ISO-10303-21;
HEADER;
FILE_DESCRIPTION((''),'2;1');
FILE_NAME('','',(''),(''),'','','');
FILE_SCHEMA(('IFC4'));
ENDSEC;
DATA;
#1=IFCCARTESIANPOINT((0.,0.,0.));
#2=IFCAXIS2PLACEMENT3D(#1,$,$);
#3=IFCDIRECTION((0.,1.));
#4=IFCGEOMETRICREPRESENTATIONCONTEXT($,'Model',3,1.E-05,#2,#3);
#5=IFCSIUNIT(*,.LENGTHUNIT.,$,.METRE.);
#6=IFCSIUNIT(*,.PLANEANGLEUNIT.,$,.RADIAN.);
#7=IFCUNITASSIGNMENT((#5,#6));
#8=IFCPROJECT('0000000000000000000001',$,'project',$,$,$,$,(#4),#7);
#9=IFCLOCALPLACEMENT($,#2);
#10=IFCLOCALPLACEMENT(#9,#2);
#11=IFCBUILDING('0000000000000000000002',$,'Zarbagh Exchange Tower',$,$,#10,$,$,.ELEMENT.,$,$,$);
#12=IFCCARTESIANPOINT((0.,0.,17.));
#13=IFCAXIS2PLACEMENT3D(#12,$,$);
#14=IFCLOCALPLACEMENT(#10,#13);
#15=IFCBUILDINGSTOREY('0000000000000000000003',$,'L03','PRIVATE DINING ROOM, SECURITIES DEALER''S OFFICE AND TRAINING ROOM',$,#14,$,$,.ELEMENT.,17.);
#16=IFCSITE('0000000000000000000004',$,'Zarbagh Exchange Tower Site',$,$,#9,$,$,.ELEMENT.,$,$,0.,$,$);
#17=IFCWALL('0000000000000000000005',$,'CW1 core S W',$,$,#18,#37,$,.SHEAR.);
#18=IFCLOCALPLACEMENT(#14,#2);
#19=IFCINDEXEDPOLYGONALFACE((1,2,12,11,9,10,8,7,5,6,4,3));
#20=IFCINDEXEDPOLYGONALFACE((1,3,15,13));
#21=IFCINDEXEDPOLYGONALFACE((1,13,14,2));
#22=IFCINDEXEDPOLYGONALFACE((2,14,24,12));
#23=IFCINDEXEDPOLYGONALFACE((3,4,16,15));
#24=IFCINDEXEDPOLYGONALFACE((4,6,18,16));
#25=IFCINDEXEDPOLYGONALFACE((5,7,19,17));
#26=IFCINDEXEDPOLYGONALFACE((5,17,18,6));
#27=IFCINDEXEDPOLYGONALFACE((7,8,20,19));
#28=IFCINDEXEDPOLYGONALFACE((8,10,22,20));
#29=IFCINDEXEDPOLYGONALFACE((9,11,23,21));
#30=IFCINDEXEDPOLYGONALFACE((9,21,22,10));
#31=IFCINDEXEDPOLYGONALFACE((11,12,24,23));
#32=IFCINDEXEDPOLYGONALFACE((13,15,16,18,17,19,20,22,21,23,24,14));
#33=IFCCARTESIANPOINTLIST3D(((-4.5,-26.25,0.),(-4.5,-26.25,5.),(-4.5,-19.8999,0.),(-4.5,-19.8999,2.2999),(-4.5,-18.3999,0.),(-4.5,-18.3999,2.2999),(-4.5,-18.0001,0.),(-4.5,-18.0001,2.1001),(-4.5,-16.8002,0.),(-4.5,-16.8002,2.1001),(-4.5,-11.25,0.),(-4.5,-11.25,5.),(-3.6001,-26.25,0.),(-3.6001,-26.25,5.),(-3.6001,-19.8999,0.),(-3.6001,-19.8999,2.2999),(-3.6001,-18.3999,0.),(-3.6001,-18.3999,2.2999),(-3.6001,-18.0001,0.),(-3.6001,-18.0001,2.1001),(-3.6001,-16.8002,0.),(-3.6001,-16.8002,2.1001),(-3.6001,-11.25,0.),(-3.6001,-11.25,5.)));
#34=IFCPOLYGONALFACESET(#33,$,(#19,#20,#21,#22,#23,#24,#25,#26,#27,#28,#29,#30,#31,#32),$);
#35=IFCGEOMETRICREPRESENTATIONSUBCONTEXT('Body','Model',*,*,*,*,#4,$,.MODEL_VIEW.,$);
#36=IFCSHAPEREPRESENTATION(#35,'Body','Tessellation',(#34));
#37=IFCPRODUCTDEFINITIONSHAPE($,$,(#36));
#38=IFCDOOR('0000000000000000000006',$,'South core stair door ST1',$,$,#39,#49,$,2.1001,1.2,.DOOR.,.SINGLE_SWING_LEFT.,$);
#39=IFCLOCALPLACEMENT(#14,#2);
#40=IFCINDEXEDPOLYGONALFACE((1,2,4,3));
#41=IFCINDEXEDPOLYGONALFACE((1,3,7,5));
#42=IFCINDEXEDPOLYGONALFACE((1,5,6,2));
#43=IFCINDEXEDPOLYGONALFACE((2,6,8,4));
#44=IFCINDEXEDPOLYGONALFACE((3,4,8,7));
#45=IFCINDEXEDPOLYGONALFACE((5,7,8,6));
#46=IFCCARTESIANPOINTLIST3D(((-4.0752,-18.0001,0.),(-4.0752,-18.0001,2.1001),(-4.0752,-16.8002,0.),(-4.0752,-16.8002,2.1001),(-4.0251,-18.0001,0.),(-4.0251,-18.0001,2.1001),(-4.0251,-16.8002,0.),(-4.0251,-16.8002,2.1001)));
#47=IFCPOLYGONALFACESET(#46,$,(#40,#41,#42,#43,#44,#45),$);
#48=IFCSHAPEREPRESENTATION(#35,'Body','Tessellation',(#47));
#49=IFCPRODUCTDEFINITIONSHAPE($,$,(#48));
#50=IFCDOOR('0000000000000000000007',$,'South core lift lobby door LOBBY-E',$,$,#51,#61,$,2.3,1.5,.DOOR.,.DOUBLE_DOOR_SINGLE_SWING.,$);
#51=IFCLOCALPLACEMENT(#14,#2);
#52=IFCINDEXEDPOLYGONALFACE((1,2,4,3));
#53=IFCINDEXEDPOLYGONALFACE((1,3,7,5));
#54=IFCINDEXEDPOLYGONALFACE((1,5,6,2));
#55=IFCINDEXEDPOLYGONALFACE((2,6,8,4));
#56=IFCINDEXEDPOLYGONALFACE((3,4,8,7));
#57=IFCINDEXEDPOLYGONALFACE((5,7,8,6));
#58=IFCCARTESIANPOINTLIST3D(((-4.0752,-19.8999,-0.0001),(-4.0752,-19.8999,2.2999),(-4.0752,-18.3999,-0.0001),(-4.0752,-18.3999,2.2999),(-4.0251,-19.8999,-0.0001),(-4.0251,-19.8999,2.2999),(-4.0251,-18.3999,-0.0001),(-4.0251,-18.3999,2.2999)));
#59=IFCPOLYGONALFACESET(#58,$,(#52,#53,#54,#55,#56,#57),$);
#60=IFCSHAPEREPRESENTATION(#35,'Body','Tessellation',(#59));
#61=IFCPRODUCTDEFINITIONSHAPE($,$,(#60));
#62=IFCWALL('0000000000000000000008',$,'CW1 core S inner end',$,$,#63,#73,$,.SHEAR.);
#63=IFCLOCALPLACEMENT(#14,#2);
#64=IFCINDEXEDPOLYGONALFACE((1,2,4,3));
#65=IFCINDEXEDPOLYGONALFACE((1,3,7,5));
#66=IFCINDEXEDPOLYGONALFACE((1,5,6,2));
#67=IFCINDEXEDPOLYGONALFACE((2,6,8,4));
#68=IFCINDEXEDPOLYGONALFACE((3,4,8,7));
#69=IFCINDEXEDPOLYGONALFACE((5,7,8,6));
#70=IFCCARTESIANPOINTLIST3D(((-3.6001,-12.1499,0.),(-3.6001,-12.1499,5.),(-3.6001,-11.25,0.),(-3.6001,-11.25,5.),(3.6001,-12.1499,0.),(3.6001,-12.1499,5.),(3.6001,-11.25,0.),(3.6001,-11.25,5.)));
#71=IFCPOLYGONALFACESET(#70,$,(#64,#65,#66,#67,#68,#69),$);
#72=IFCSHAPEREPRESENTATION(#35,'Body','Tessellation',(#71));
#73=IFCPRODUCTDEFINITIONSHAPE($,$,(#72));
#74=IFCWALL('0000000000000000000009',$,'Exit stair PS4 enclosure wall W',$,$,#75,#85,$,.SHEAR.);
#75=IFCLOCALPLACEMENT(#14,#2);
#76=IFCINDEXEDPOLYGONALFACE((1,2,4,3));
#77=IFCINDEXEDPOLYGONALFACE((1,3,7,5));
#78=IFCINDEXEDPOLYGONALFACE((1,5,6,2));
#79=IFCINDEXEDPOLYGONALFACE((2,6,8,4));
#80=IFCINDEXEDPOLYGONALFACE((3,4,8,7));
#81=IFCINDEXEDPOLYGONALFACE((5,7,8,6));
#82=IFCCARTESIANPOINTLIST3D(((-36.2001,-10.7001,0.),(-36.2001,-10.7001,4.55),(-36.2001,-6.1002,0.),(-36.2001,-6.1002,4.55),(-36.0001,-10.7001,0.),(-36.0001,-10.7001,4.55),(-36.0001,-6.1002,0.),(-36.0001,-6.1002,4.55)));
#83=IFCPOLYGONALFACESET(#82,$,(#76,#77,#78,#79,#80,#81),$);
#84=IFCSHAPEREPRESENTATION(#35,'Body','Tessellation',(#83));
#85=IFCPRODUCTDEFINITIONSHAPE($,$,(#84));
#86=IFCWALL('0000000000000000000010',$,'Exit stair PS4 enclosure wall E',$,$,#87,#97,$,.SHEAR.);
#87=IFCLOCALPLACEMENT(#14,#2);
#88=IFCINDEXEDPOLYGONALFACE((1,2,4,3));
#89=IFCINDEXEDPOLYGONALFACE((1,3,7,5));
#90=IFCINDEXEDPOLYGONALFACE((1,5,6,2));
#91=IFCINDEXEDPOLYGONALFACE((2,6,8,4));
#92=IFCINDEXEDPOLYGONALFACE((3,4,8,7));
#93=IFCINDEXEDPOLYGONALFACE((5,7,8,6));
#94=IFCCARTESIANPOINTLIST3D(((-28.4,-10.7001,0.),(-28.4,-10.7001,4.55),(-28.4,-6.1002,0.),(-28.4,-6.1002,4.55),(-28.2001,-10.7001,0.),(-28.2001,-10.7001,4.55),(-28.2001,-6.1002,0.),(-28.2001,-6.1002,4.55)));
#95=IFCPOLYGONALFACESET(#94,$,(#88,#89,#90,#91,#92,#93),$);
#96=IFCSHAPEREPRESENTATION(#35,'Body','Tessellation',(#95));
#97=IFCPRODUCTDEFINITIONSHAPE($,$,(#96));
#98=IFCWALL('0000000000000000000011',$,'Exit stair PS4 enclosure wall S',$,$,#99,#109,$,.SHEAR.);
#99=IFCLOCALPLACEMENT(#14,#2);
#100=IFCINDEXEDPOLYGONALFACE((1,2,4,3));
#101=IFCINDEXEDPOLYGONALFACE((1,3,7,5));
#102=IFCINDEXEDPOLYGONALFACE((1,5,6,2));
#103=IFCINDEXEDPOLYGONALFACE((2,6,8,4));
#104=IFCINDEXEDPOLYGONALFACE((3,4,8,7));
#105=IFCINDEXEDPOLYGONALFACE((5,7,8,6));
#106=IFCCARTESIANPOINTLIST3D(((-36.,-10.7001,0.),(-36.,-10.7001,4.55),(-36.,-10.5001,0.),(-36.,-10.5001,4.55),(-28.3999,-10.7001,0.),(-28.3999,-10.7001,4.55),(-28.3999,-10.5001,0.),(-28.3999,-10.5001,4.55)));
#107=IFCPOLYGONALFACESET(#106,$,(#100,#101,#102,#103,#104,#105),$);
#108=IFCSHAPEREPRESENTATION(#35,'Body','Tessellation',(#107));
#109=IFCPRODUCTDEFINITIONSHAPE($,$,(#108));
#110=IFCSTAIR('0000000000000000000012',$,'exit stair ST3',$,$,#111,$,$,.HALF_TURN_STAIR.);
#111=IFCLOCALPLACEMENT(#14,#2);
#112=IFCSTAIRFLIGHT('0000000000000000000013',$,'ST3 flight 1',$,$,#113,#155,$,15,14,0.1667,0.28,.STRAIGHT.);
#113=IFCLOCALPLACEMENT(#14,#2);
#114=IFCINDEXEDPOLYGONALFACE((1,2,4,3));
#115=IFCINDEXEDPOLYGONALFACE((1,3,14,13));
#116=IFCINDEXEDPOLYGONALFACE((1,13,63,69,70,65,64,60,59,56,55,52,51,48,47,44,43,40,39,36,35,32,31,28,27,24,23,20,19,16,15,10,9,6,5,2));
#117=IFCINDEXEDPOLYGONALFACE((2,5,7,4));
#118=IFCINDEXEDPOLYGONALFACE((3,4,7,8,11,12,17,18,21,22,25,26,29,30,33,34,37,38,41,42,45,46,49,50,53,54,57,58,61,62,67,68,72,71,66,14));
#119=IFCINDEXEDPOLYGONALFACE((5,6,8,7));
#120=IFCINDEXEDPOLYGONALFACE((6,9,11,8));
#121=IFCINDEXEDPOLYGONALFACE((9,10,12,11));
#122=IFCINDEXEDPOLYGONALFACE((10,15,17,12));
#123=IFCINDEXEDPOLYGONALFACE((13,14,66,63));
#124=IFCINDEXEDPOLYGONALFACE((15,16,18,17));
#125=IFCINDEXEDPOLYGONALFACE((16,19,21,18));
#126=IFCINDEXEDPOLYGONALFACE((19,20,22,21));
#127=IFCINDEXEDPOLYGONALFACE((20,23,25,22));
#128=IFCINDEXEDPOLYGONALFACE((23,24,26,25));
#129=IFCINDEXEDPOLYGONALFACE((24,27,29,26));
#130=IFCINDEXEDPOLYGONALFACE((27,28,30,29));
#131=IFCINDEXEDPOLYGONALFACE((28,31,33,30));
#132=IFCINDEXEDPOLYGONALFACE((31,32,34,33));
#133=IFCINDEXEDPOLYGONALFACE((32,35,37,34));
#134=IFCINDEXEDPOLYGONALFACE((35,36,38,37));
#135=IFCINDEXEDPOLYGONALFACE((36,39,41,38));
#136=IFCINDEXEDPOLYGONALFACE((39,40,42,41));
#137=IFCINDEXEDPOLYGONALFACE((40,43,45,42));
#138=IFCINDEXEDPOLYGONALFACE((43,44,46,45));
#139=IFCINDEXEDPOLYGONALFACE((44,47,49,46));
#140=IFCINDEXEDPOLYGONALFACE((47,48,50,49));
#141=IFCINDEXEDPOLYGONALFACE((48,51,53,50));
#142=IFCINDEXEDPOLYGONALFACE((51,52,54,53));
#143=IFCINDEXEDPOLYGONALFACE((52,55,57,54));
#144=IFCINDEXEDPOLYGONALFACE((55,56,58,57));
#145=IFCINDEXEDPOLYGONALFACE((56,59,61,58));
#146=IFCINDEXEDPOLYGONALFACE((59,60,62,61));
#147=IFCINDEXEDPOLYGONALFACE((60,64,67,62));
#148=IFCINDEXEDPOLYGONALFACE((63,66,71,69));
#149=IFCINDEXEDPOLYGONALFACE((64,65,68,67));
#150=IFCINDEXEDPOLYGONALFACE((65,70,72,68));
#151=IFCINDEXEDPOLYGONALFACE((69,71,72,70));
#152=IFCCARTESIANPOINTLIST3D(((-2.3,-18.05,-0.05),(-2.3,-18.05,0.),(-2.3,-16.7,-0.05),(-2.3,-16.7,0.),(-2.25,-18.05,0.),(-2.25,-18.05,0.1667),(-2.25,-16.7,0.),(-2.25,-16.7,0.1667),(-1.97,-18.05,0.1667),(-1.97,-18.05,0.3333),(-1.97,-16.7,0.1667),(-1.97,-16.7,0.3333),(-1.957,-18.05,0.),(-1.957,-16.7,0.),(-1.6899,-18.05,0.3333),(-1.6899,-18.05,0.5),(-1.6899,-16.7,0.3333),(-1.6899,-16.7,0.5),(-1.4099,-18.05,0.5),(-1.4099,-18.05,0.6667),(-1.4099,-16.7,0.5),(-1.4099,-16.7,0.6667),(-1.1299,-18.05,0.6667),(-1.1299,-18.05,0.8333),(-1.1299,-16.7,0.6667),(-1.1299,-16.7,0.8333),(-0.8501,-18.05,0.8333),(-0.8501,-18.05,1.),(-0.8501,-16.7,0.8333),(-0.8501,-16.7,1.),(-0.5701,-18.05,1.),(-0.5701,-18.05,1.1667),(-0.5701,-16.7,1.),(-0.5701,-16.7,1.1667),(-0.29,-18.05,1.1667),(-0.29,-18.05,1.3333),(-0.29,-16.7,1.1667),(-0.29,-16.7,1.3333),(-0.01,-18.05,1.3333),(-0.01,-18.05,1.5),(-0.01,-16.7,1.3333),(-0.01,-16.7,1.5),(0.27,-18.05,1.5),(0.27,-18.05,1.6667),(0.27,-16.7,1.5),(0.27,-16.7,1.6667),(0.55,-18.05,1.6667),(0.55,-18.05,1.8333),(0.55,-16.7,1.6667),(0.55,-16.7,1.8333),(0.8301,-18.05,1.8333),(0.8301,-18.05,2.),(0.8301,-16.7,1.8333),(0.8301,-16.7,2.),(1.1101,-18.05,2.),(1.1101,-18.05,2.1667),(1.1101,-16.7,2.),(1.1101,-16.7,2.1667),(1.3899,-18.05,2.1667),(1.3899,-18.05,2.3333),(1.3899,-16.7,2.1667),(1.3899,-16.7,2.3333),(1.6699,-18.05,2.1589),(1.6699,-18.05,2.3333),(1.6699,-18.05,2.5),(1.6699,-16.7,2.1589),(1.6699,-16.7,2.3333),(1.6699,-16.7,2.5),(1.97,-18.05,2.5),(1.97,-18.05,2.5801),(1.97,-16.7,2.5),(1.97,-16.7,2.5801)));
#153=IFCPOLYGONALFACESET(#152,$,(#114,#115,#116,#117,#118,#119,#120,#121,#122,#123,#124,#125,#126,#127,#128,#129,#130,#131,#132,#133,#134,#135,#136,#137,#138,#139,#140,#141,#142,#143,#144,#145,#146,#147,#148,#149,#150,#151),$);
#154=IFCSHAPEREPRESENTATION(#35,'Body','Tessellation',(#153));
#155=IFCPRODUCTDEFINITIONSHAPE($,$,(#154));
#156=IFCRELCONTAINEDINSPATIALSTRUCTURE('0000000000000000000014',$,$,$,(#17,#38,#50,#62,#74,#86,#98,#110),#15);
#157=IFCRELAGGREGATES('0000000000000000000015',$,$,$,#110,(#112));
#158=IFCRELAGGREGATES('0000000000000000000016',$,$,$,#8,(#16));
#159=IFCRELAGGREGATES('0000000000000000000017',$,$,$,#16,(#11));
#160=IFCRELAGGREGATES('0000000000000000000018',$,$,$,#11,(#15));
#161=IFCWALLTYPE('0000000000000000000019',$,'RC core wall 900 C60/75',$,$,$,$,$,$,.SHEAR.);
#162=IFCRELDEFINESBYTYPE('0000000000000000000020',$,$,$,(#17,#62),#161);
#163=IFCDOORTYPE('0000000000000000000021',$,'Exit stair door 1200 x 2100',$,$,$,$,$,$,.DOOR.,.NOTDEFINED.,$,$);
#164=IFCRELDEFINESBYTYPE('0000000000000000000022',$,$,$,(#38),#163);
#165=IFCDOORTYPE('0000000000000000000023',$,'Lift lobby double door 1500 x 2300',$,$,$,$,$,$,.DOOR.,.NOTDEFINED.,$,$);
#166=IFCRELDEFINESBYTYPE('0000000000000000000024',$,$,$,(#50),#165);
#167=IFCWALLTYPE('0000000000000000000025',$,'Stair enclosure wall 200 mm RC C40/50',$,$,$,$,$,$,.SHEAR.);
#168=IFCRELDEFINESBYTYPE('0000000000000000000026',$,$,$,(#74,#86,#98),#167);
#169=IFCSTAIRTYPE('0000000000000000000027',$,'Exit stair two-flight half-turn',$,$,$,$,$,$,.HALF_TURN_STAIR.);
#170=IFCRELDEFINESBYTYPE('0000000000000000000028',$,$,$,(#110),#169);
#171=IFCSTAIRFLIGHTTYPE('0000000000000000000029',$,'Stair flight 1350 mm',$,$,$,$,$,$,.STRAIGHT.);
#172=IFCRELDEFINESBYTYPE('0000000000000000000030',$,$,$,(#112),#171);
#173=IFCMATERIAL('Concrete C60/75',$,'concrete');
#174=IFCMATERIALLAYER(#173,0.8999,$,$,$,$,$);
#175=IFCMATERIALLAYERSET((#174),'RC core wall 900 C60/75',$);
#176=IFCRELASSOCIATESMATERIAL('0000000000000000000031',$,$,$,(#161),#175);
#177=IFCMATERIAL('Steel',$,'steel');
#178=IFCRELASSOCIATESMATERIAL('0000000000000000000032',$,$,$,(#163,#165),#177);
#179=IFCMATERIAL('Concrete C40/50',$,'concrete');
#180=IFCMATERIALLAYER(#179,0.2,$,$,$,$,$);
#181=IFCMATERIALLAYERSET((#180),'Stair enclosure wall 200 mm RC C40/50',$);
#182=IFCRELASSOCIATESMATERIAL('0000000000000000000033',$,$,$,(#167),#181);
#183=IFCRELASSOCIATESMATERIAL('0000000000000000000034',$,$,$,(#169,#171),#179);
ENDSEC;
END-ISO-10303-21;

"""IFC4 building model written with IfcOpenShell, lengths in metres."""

from ifc_helpers import new_model, si_unit, direction, frame, frame_2d, origin, place, context, subcontext, project, spatial, polyline, rectangle, outline, extrude, material, layer, layer_set, type_object, element, fill, aggregate, save


model = new_model("IFC4")

# Units and contexts
model_context = context("Model", 3, precision=1e-05, world=origin(), true_north=direction((0.0, 1.0)))
body_context = subcontext(model_context, "Body", "Model", "MODEL_VIEW")
ifc_project = project(units=[si_unit("LENGTHUNIT", "METRE"), si_unit("PLANEANGLEUNIT", "RADIAN")], contexts=[model_context])

# Site, building, storey
site_placement = place(None, origin())
site = spatial("IfcSite", under=ifc_project, at=site_placement, Name="Zarbagh Exchange Tower Site", CompositionType="ELEMENT", RefElevation=0.0)
building_placement = place(site_placement, origin())
building = spatial("IfcBuilding", under=site, at=building_placement, Name="Zarbagh Exchange Tower", CompositionType="ELEMENT")
storey_placement = place(building_placement, frame((0.0, 0.0, 17.0)))
storey = spatial("IfcBuildingStorey", under=building, at=storey_placement, Name="L03", Description="PRIVATE DINING ROOM, SECURITIES DEALER'S OFFICE AND TRAINING ROOM", CompositionType="ELEMENT", Elevation=17.0)

# Shared definitions
ifc_material_1 = material(Name="Concrete C60/75", Category="concrete")

# Wall, openings, doors
ifc_layer_1 = layer(ifc_material_1, 0.8999)
ifc_layer_set_1 = layer_set([ifc_layer_1], Name="RC core wall 900 C60/75")
wall_type_1 = type_object("IfcWallType", Name="RC core wall 900 C60/75", PredefinedType="SHEAR", material=ifc_layer_set_1)
wall_1_placement = place(storey_placement, frame((-4.05, -11.25, 0.0), z_axis=(0.0, 0.0, 1.0), x_axis=(0.0, -1.0, 0.0)))
wall_1 = element("IfcWall", 1, at=wall_1_placement, inside=storey, type_object=wall_type_1, Name="CW1 core S W", PredefinedType="SHEAR", context=body_context, shape_type="SweptSolid", body=[
    extrude(rectangle(XDim=15.0, YDim=0.8999, at=frame_2d((7.5, 0.0))), origin(), (0.0, 0.0, 1.0), 5.0),
])
opening_1_placement = place(wall_1_placement, frame((7.1499, 0.0, 0.0)))
opening_1 = element("IfcOpeningElement", 2, at=opening_1_placement, cuts=wall_1, PredefinedType="OPENING", context=body_context, shape_type="SweptSolid", body=[
    extrude(rectangle(XDim=1.5, YDim=2.3, at=frame_2d((0.75, 1.1499))), frame((0.0, 0.46, 0.0), z_axis=(0.0, -1.0, 0.0), x_axis=(1.0, 0.0, 0.0)), (0.0, 0.0, 1.0), 0.9199),
])
opening_2_placement = place(wall_1_placement, frame((5.55, 0.0, 0.0)))
opening_2 = element("IfcOpeningElement", 3, at=opening_2_placement, cuts=wall_1, PredefinedType="OPENING", context=body_context, shape_type="SweptSolid", body=[
    extrude(rectangle(XDim=1.2, YDim=2.1001, at=frame_2d((0.6001, 1.05))), frame((0.0, 0.46, 0.0), z_axis=(0.0, -1.0, 0.0), x_axis=(1.0, 0.0, 0.0)), (0.0, 0.0, 1.0), 0.9199),
])
ifc_material_2 = material(Name="Steel", Category="steel")
door_type_1 = type_object("IfcDoorType", Name="Exit stair door 1200 x 2100", OperationType="NOTDEFINED", PredefinedType="DOOR", material=ifc_material_2)
door_1_placement = place(opening_2_placement, origin())
door_1 = element("IfcDoor", 4, at=door_1_placement, inside=storey, type_object=door_type_1, Name="South core stair door ST1", OperationType="SINGLE_SWING_LEFT", OverallHeight=2.1001, OverallWidth=1.2, PredefinedType="DOOR", context=body_context, shape_type="SweptSolid", body=[
    extrude(rectangle(XDim=1.2, YDim=2.1001, at=frame_2d((0.6001, 1.05))), frame((0.0, 0.0249, 0.0), z_axis=(0.0, -1.0, 0.0), x_axis=(1.0, 0.0, 0.0)), (0.0, 0.0, 1.0), 0.05),
])
fill(opening_2, door_1)
door_type_2 = type_object("IfcDoorType", Name="Lift lobby double door 1500 x 2300", OperationType="NOTDEFINED", PredefinedType="DOOR", material=ifc_material_2)
door_2_placement = place(opening_1_placement, origin())
door_2 = element("IfcDoor", 5, at=door_2_placement, inside=storey, type_object=door_type_2, Name="South core lift lobby door LOBBY-E", OperationType="DOUBLE_DOOR_SINGLE_SWING", OverallHeight=2.3, OverallWidth=1.5, PredefinedType="DOOR", context=body_context, shape_type="SweptSolid", body=[
    extrude(rectangle(XDim=1.5, YDim=2.3, at=frame_2d((0.75, 1.1499))), frame((0.0, 0.0249, 0.0), z_axis=(0.0, -1.0, 0.0), x_axis=(1.0, 0.0, 0.0)), (0.0, 0.0, 1.0), 0.05),
])
fill(opening_1, door_2)

# Walls
wall_2_placement = place(storey_placement, frame((-3.6001, -11.7, 0.0), z_axis=(0.0, 0.0, 1.0), x_axis=(1.0, 0.0, 0.0)))
element("IfcWall", 6, at=wall_2_placement, inside=storey, type_object=wall_type_1, Name="CW1 core S inner end", PredefinedType="SHEAR", context=body_context, shape_type="SweptSolid", body=[
    extrude(rectangle(XDim=7.2002, YDim=0.8999, at=frame_2d((3.6001, 0.0))), origin(), (0.0, 0.0, 1.0), 5.0),
])
ifc_material_3 = material(Name="Concrete C40/50", Category="concrete")
ifc_layer_2 = layer(ifc_material_3, 0.2)
ifc_layer_set_2 = layer_set([ifc_layer_2], Name="Stair enclosure wall 200 mm RC C40/50")
wall_type_2 = type_object("IfcWallType", Name="Stair enclosure wall 200 mm RC C40/50", PredefinedType="SHEAR", material=ifc_layer_set_2)
for number, where, z_axis, x_axis, name in (
    (7, (-36.1001, -10.7, 0.0), (0.0, 0.0, 1.0), (0.0, 1.0, 0.0), "Exit stair PS4 enclosure wall W"),
    (8, (-28.3, -10.7, 0.0), (0.0, 0.0, 1.0), (0.0, 1.0, 0.0), "Exit stair PS4 enclosure wall E"),
):
    element("IfcWall", number, at=place(storey_placement, frame(where, z_axis=z_axis, x_axis=x_axis)), inside=storey, type_object=wall_type_2, Name=name, PredefinedType="SHEAR", context=body_context, shape_type="SweptSolid", body=[
        extrude(rectangle(XDim=4.5999, YDim=0.2, at=frame_2d((2.2998, 0.0))), origin(), (0.0, 0.0, 1.0), 4.55),
    ])
wall_3_placement = place(storey_placement, frame((-36.0, -10.6001, 0.0), z_axis=(0.0, 0.0, 1.0), x_axis=(1.0, 0.0, 0.0)))
element("IfcWall", 9, at=wall_3_placement, inside=storey, type_object=wall_type_2, Name="Exit stair PS4 enclosure wall S", PredefinedType="SHEAR", context=body_context, shape_type="SweptSolid", body=[
    extrude(rectangle(XDim=7.6001, YDim=0.2, at=frame_2d((3.8, 0.0))), origin(), (0.0, 0.0, 1.0), 4.55),
])

# Stair, stair flight
stair_type = type_object("IfcStairType", Name="Exit stair two-flight half-turn", PredefinedType="HALF_TURN_STAIR", material=ifc_material_3)
stair_1_placement = place(storey_placement, origin())
stair_1 = element("IfcStair", 10, at=stair_1_placement, inside=storey, type_object=stair_type, Name="exit stair ST3", PredefinedType="HALF_TURN_STAIR")
stair_flight_type_1 = type_object("IfcStairFlightType", Name="Stair flight 1350 mm", PredefinedType="STRAIGHT", material=ifc_material_3)
stair_flight_1_placement = place(storey_placement, frame((-2.25, -17.375, 0.0), z_axis=(0.0, 0.0, 1.0), x_axis=(1.0, 0.0, 0.0)))
stair_flight_1 = element("IfcStairFlight", 11, at=stair_flight_1_placement, type_object=stair_flight_type_1, Name="ST3 flight 1", NumberOfRisers=15, NumberOfTreads=14, PredefinedType="STRAIGHT", RiserHeight=0.1667, TreadLength=0.28, context=body_context, shape_type="SweptSolid", body=[
    extrude(outline(polyline([(-0.05, -0.05), (-0.05, 0.0), (0.0, 0.0), (0.0, 0.1667), (0.28, 0.1667), (0.28, 0.3333), (0.5601, 0.3333), (0.5601, 0.5), (0.8401, 0.5), (0.8401, 0.6667), (1.1201, 0.6667), (1.1201, 0.8333), (1.3999, 0.8333), (1.3999, 1.0), (1.6799, 1.0), (1.6799, 1.1667), (1.96, 1.1667), (1.96, 1.3333), (2.24, 1.3333), (2.24, 1.5), (2.52, 1.5), (2.52, 1.6667), (2.8, 1.6667), (2.8, 1.8333), (3.0801, 1.8333), (3.0801, 2.0), (3.3601, 2.0), (3.3601, 2.1667), (3.6399, 2.1667), (3.6399, 2.3333), (3.9199, 2.3333), (3.9199, 2.5), (4.22, 2.5801), (4.22, 2.5), (3.9199, 2.1589), (0.293, 0.0), (-0.05, -0.05)])), frame((0.0, 0.675, 0.0), z_axis=(0.0, -1.0, 0.0), x_axis=(1.0, 0.0, 0.0)), (0.0, 0.0, 1.0), 1.3501),
])
aggregate(stair_1, [stair_flight_1])

save(model, "model.ifc")
